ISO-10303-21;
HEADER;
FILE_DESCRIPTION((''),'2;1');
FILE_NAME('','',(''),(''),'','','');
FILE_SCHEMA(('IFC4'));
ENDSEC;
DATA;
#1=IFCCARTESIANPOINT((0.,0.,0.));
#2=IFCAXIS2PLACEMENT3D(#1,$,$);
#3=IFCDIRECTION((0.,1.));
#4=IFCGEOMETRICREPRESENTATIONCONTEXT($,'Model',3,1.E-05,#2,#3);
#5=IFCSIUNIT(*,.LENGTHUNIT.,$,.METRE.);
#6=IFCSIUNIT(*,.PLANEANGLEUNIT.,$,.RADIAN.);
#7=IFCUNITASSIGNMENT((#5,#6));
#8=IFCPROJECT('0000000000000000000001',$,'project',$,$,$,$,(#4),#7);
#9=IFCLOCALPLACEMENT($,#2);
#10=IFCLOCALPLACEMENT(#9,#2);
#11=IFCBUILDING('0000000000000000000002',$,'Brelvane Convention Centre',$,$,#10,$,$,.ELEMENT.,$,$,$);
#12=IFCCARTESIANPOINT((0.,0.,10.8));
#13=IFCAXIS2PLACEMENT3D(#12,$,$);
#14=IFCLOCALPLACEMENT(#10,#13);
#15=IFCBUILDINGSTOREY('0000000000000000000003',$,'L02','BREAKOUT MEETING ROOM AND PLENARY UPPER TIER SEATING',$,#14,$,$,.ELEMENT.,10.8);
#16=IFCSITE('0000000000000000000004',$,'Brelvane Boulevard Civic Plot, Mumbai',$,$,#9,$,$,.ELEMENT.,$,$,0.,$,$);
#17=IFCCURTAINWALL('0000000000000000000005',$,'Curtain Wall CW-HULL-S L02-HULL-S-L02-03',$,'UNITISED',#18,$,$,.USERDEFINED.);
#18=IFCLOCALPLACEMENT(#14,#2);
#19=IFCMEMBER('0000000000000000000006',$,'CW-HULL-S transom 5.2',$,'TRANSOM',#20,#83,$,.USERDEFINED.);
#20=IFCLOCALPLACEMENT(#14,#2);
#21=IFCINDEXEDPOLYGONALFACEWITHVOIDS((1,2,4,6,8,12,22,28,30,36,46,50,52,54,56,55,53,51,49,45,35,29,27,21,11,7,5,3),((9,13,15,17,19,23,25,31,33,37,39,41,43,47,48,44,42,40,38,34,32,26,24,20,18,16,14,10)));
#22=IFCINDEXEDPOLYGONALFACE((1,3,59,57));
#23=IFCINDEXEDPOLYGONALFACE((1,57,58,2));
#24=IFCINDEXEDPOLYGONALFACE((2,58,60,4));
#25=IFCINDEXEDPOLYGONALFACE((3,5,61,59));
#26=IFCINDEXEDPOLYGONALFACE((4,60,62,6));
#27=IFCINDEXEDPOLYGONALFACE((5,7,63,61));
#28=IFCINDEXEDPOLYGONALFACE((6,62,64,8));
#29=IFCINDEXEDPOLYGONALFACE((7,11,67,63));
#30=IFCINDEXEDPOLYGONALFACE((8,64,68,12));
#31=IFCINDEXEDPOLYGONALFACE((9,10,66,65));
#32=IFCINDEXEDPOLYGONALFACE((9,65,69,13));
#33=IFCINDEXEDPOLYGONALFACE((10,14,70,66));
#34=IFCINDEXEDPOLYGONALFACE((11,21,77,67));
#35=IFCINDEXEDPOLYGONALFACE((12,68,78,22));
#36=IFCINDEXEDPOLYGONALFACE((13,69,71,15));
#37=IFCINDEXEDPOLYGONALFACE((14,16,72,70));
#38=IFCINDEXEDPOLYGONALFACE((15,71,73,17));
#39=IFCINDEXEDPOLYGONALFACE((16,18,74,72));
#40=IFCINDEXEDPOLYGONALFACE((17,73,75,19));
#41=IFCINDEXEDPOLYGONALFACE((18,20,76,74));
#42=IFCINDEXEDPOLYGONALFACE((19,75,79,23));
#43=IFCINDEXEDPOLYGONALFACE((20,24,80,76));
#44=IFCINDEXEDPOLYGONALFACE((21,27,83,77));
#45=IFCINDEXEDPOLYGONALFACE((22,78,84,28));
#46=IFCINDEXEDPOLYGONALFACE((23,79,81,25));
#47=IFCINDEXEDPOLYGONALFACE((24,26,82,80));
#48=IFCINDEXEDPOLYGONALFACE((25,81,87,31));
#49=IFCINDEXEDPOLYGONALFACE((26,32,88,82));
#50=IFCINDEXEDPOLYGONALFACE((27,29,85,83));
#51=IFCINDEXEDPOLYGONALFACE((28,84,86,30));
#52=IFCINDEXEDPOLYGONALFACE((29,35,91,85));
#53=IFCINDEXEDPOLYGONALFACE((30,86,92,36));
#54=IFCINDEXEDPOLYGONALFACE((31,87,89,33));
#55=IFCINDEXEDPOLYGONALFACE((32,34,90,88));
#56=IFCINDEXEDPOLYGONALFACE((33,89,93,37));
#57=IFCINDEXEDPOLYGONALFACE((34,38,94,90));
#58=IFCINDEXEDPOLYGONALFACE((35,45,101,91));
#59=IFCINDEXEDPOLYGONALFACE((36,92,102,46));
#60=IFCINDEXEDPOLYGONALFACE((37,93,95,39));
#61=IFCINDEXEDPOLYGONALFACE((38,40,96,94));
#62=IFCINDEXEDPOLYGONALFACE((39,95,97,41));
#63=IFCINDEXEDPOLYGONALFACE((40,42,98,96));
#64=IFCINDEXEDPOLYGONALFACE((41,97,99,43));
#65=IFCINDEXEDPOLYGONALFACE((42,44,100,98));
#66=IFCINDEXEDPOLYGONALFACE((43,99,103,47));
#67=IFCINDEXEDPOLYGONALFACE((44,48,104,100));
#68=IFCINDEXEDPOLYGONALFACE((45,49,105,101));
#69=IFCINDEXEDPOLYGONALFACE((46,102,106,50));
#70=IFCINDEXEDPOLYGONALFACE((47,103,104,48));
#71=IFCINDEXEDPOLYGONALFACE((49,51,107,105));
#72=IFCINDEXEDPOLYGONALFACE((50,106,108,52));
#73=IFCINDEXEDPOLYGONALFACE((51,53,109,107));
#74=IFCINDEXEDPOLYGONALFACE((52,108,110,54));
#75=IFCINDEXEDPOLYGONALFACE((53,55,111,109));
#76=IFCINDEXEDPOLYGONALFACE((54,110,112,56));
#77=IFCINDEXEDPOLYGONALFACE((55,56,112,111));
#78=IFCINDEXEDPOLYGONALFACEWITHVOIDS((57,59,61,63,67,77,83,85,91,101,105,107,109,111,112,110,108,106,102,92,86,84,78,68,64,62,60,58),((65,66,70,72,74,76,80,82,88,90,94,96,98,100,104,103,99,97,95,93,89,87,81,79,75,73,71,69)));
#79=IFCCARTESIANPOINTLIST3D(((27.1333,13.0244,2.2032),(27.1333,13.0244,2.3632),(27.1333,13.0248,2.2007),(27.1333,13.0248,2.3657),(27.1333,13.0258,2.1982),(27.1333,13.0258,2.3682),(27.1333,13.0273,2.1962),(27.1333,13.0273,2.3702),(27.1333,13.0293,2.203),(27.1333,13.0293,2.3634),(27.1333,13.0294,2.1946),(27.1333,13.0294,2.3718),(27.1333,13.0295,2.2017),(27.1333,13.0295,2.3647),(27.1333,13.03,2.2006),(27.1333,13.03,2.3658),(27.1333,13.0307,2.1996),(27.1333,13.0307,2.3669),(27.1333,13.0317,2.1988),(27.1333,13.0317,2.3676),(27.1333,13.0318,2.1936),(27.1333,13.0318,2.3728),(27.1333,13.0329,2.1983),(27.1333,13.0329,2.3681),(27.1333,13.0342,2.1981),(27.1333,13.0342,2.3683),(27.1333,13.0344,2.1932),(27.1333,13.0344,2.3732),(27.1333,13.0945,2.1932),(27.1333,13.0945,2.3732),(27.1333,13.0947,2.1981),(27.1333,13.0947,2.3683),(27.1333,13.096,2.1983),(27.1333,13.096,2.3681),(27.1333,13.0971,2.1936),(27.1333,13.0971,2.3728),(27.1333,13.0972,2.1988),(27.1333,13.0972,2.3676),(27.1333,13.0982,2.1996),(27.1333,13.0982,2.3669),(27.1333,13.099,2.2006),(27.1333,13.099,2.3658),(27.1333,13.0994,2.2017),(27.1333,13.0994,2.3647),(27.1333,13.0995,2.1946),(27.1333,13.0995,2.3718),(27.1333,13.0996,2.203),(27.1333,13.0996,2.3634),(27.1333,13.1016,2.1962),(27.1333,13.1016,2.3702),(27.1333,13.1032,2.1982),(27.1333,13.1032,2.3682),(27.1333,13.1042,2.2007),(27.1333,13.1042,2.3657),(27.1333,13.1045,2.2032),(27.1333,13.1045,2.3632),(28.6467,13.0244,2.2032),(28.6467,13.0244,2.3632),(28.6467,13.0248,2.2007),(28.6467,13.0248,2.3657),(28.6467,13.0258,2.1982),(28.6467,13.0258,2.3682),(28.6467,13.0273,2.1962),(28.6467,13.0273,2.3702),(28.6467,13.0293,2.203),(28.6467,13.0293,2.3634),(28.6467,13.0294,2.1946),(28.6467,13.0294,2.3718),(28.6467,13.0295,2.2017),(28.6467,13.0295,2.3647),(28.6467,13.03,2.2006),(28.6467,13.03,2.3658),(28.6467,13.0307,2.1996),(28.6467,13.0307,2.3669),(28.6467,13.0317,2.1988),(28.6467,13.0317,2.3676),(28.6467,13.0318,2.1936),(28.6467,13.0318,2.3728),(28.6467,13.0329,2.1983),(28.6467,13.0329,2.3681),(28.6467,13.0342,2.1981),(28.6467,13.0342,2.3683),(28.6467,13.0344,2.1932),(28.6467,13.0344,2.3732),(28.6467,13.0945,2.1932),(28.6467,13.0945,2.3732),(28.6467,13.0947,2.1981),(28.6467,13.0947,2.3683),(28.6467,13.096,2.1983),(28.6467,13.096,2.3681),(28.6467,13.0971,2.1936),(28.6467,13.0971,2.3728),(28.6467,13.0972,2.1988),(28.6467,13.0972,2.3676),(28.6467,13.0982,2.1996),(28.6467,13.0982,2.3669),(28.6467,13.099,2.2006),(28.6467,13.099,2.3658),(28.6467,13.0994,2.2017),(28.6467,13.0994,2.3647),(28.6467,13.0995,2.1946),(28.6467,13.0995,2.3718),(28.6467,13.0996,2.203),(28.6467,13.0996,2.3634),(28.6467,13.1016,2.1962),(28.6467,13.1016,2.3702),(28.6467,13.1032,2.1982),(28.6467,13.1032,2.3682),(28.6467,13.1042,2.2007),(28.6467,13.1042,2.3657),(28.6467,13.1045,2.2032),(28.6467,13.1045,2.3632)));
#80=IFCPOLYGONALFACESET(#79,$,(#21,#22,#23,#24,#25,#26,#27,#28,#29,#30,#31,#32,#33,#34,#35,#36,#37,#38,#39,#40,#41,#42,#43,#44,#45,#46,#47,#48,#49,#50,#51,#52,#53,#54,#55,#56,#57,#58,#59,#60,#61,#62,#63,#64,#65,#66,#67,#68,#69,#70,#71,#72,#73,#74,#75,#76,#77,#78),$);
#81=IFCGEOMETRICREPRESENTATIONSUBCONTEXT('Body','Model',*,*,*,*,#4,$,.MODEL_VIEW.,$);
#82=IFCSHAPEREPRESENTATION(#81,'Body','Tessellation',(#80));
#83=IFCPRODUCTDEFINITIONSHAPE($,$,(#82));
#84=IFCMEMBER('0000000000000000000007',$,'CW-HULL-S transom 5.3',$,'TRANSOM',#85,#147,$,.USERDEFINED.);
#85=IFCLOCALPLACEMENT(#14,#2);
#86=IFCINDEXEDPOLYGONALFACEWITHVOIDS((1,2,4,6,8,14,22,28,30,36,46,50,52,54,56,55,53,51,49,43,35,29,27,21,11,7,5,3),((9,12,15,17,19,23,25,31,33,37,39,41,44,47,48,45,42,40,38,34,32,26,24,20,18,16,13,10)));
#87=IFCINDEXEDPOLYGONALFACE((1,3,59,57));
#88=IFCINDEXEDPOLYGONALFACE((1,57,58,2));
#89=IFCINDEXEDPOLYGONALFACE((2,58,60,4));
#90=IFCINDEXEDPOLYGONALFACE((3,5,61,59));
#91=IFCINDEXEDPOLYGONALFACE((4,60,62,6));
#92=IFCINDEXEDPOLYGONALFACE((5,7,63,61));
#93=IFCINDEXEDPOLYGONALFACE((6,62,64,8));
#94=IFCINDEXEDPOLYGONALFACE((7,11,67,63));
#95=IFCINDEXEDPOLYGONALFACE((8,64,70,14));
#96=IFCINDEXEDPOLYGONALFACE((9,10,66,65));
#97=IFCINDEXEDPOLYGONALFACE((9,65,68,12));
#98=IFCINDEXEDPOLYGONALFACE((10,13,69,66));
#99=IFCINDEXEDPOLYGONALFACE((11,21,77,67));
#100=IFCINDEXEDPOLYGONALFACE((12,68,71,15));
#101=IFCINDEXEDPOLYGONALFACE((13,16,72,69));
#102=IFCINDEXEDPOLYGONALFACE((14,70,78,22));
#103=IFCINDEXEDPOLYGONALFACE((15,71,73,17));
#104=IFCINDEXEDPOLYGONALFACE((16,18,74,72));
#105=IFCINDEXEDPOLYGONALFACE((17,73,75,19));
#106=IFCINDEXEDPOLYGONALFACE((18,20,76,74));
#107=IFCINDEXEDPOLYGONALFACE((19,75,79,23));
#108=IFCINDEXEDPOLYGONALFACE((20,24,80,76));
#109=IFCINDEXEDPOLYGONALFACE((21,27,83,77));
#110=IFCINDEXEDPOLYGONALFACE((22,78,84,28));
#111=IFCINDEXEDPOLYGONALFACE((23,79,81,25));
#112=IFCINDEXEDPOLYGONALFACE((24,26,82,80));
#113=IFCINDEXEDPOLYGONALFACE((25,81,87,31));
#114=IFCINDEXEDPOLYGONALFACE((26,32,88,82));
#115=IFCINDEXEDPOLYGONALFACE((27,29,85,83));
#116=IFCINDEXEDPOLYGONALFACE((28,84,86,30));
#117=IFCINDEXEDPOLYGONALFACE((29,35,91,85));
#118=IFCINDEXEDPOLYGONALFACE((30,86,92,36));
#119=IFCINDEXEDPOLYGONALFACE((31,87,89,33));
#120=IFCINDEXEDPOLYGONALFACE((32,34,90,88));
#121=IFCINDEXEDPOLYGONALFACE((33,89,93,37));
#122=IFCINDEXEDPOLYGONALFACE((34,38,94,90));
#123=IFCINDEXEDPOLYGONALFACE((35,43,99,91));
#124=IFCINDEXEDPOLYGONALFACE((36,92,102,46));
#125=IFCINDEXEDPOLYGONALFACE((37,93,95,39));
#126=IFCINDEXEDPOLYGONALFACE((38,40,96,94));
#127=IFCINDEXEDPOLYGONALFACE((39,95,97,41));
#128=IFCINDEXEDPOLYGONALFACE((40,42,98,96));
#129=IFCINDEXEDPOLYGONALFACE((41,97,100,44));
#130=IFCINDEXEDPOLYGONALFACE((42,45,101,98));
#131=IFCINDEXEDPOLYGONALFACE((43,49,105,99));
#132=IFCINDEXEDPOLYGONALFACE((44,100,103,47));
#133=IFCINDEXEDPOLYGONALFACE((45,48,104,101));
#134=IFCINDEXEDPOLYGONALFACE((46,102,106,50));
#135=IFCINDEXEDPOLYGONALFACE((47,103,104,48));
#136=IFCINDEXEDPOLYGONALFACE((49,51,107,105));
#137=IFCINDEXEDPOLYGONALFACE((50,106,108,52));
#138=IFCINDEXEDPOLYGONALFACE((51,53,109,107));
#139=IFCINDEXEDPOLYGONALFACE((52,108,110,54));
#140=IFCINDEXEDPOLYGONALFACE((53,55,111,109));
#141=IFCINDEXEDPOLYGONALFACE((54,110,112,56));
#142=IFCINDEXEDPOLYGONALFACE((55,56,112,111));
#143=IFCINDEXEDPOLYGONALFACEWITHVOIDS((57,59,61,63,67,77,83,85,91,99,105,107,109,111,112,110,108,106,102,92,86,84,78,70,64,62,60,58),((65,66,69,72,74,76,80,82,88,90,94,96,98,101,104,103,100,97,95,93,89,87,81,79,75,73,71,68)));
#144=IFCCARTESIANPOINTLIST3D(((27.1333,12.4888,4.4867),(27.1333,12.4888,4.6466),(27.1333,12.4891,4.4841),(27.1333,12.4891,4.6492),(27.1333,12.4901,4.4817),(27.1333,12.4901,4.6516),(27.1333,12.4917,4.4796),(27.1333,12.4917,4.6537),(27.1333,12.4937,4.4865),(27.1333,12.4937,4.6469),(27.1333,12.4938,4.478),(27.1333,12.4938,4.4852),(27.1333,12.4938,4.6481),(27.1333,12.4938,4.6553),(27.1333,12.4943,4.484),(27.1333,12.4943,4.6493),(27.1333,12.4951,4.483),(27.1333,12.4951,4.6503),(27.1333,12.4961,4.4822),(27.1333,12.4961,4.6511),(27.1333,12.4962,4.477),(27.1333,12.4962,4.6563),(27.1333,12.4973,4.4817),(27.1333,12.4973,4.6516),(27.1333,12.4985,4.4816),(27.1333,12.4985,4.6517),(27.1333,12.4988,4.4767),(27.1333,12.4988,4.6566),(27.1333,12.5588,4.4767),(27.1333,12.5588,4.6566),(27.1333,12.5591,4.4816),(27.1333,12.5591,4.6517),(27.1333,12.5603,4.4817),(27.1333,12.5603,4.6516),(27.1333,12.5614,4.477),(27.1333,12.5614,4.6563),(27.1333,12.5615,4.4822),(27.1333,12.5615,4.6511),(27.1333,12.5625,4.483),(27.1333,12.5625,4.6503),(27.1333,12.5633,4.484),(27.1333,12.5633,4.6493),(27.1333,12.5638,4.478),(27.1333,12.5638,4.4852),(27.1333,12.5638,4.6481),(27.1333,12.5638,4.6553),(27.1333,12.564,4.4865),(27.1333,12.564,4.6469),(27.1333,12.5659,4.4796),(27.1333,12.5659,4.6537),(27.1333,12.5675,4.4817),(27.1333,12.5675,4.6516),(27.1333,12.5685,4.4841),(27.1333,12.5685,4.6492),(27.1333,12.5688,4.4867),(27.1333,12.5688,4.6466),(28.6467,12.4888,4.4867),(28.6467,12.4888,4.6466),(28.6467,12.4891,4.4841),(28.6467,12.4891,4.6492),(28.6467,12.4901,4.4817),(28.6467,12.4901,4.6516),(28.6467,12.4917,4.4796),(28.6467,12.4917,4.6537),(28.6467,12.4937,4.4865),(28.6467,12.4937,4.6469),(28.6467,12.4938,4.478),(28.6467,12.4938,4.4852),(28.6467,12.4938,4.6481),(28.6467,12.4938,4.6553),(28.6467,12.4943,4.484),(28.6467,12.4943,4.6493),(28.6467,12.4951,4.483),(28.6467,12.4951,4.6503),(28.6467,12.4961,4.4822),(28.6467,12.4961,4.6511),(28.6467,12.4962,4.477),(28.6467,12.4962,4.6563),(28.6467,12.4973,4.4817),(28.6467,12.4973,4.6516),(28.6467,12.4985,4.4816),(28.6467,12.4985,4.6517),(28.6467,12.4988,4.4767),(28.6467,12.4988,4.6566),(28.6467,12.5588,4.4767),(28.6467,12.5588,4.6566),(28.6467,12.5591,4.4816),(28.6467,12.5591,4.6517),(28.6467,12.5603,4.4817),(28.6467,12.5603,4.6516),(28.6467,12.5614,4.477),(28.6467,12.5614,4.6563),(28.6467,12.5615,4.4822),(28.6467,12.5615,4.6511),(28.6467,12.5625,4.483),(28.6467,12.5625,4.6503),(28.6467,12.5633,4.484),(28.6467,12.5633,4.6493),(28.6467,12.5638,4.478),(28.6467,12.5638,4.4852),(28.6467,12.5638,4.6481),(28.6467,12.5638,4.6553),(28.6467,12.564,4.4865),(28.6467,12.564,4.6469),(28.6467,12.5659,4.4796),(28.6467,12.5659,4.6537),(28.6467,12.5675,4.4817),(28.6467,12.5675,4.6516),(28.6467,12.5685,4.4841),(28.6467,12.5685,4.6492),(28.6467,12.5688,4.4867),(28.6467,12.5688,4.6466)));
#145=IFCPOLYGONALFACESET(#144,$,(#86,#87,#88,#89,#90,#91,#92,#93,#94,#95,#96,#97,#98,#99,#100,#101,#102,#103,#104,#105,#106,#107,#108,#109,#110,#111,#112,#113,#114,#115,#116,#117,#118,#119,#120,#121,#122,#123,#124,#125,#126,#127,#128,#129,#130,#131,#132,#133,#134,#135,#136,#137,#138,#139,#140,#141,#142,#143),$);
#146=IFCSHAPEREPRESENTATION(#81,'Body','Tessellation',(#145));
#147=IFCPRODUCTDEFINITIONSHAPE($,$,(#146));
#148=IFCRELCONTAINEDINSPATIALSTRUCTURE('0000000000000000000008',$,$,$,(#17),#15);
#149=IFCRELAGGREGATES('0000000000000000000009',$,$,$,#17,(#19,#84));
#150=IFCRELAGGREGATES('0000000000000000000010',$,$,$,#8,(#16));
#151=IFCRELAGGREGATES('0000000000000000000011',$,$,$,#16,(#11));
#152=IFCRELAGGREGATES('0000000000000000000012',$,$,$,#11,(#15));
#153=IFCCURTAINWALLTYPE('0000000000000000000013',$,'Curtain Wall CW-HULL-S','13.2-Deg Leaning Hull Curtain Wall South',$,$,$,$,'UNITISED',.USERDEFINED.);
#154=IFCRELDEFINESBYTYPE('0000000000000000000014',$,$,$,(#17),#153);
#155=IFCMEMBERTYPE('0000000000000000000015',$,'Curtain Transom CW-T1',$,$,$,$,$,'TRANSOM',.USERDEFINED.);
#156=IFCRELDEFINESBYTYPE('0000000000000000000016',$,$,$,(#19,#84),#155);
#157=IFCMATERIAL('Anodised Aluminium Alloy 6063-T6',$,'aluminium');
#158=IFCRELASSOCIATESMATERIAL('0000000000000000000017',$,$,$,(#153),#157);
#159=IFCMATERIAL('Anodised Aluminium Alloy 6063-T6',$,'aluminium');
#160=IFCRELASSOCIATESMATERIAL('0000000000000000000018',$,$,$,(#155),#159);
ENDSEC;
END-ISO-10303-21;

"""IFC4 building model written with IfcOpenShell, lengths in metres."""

from ifc_helpers import new_model, si_unit, direction, frame, origin, origin_2d, place, context, subcontext, project, spatial, hollow_rectangle, extrude, material, material_profile, profile_set, type_object, element, aggregate, save


model = new_model("IFC4")

# Units and contexts
model_context = context("Model", 3, precision=1e-05, world=origin(), true_north=direction((0.0, 1.0)))
body_context = subcontext(model_context, "Body", "Model", "MODEL_VIEW")
ifc_project = project(units=[si_unit("LENGTHUNIT", "METRE"), si_unit("PLANEANGLEUNIT", "RADIAN")], contexts=[model_context])

# Site, building, storey
site_placement = place(None, origin())
site = spatial("IfcSite", under=ifc_project, at=site_placement, Name="Brelvane Boulevard Civic Plot, Mumbai", CompositionType="ELEMENT", RefElevation=0.0)
building_placement = place(site_placement, origin())
building = spatial("IfcBuilding", under=site, at=building_placement, Name="Brelvane Convention Centre", CompositionType="ELEMENT")
storey_placement = place(building_placement, frame((0.0, 0.0, 10.8)))
storey = spatial("IfcBuildingStorey", under=building, at=storey_placement, Name="L02", Description="BREAKOUT MEETING ROOM AND PLENARY UPPER TIER SEATING", CompositionType="ELEMENT", Elevation=10.8)

# Curtain wall, members
ifc_material_1 = material(Name="Anodised Aluminium Alloy 6063-T6", Category="aluminium")
curtain_wall_type = type_object("IfcCurtainWallType", Name="Curtain Wall CW-HULL-S", Description="13.2-Deg Leaning Hull Curtain Wall South", ElementType="UNITISED", PredefinedType="USERDEFINED", material=ifc_material_1)
curtain_wall_1_placement = place(storey_placement, origin())
curtain_wall_1 = element("IfcCurtainWall", 1, at=curtain_wall_1_placement, inside=storey, type_object=curtain_wall_type, Name="Curtain Wall CW-HULL-S L02-HULL-S-L02-03", ObjectType="UNITISED", PredefinedType="USERDEFINED")
ifc_material_2 = material(Name="Anodised Aluminium Alloy 6063-T6", Category="aluminium")
ifc_material_profile = material_profile(ifc_material_2, hollow_rectangle(XDim=0.0801, YDim=0.1799, WallThickness=0.0049, InnerFilletRadius=0.0049, OuterFilletRadius=0.01, at=origin_2d()), Name="ALU-T 180x80x5.0")
ifc_profile_set = profile_set([ifc_material_profile], Name="Anodised Aluminium Alloy 6063-T6")
member_type = type_object("IfcMemberType", Name="Curtain Transom CW-T1", ElementType="TRANSOM", PredefinedType="USERDEFINED", material=ifc_profile_set)
member_1_placement = place(storey_placement, frame((27.1333, 13.0645, 2.2832), z_axis=(1.0, 0.0, 0.0), x_axis=(0.0, 1.0, 0.0)))
member_1 = element("IfcMember", 2, at=member_1_placement, type_object=member_type, Name="CW-HULL-S transom 5.2", ObjectType="TRANSOM", PredefinedType="USERDEFINED", context=body_context, shape_type="SweptSolid", body=[
    extrude(hollow_rectangle(XDim=0.0801, YDim=0.1799, WallThickness=0.0049, InnerFilletRadius=0.0049, OuterFilletRadius=0.01, at=origin_2d()), origin(), (0.0, 0.0, 1.0), 1.5134),
])
member_2_placement = place(storey_placement, frame((27.1333, 12.5288, 4.5667), z_axis=(1.0, 0.0, 0.0), x_axis=(0.0, 1.0, 0.0)))
member_2 = element("IfcMember", 3, at=member_2_placement, type_object=member_type, Name="CW-HULL-S transom 5.3", ObjectType="TRANSOM", PredefinedType="USERDEFINED", context=body_context, shape_type="SweptSolid", body=[
    extrude(hollow_rectangle(XDim=0.0801, YDim=0.1799, WallThickness=0.0049, InnerFilletRadius=0.0049, OuterFilletRadius=0.01, at=origin_2d()), origin(), (0.0, 0.0, 1.0), 1.5134),
])

aggregate(curtain_wall_1, [member_1, member_2])

save(model, "model.ifc")
